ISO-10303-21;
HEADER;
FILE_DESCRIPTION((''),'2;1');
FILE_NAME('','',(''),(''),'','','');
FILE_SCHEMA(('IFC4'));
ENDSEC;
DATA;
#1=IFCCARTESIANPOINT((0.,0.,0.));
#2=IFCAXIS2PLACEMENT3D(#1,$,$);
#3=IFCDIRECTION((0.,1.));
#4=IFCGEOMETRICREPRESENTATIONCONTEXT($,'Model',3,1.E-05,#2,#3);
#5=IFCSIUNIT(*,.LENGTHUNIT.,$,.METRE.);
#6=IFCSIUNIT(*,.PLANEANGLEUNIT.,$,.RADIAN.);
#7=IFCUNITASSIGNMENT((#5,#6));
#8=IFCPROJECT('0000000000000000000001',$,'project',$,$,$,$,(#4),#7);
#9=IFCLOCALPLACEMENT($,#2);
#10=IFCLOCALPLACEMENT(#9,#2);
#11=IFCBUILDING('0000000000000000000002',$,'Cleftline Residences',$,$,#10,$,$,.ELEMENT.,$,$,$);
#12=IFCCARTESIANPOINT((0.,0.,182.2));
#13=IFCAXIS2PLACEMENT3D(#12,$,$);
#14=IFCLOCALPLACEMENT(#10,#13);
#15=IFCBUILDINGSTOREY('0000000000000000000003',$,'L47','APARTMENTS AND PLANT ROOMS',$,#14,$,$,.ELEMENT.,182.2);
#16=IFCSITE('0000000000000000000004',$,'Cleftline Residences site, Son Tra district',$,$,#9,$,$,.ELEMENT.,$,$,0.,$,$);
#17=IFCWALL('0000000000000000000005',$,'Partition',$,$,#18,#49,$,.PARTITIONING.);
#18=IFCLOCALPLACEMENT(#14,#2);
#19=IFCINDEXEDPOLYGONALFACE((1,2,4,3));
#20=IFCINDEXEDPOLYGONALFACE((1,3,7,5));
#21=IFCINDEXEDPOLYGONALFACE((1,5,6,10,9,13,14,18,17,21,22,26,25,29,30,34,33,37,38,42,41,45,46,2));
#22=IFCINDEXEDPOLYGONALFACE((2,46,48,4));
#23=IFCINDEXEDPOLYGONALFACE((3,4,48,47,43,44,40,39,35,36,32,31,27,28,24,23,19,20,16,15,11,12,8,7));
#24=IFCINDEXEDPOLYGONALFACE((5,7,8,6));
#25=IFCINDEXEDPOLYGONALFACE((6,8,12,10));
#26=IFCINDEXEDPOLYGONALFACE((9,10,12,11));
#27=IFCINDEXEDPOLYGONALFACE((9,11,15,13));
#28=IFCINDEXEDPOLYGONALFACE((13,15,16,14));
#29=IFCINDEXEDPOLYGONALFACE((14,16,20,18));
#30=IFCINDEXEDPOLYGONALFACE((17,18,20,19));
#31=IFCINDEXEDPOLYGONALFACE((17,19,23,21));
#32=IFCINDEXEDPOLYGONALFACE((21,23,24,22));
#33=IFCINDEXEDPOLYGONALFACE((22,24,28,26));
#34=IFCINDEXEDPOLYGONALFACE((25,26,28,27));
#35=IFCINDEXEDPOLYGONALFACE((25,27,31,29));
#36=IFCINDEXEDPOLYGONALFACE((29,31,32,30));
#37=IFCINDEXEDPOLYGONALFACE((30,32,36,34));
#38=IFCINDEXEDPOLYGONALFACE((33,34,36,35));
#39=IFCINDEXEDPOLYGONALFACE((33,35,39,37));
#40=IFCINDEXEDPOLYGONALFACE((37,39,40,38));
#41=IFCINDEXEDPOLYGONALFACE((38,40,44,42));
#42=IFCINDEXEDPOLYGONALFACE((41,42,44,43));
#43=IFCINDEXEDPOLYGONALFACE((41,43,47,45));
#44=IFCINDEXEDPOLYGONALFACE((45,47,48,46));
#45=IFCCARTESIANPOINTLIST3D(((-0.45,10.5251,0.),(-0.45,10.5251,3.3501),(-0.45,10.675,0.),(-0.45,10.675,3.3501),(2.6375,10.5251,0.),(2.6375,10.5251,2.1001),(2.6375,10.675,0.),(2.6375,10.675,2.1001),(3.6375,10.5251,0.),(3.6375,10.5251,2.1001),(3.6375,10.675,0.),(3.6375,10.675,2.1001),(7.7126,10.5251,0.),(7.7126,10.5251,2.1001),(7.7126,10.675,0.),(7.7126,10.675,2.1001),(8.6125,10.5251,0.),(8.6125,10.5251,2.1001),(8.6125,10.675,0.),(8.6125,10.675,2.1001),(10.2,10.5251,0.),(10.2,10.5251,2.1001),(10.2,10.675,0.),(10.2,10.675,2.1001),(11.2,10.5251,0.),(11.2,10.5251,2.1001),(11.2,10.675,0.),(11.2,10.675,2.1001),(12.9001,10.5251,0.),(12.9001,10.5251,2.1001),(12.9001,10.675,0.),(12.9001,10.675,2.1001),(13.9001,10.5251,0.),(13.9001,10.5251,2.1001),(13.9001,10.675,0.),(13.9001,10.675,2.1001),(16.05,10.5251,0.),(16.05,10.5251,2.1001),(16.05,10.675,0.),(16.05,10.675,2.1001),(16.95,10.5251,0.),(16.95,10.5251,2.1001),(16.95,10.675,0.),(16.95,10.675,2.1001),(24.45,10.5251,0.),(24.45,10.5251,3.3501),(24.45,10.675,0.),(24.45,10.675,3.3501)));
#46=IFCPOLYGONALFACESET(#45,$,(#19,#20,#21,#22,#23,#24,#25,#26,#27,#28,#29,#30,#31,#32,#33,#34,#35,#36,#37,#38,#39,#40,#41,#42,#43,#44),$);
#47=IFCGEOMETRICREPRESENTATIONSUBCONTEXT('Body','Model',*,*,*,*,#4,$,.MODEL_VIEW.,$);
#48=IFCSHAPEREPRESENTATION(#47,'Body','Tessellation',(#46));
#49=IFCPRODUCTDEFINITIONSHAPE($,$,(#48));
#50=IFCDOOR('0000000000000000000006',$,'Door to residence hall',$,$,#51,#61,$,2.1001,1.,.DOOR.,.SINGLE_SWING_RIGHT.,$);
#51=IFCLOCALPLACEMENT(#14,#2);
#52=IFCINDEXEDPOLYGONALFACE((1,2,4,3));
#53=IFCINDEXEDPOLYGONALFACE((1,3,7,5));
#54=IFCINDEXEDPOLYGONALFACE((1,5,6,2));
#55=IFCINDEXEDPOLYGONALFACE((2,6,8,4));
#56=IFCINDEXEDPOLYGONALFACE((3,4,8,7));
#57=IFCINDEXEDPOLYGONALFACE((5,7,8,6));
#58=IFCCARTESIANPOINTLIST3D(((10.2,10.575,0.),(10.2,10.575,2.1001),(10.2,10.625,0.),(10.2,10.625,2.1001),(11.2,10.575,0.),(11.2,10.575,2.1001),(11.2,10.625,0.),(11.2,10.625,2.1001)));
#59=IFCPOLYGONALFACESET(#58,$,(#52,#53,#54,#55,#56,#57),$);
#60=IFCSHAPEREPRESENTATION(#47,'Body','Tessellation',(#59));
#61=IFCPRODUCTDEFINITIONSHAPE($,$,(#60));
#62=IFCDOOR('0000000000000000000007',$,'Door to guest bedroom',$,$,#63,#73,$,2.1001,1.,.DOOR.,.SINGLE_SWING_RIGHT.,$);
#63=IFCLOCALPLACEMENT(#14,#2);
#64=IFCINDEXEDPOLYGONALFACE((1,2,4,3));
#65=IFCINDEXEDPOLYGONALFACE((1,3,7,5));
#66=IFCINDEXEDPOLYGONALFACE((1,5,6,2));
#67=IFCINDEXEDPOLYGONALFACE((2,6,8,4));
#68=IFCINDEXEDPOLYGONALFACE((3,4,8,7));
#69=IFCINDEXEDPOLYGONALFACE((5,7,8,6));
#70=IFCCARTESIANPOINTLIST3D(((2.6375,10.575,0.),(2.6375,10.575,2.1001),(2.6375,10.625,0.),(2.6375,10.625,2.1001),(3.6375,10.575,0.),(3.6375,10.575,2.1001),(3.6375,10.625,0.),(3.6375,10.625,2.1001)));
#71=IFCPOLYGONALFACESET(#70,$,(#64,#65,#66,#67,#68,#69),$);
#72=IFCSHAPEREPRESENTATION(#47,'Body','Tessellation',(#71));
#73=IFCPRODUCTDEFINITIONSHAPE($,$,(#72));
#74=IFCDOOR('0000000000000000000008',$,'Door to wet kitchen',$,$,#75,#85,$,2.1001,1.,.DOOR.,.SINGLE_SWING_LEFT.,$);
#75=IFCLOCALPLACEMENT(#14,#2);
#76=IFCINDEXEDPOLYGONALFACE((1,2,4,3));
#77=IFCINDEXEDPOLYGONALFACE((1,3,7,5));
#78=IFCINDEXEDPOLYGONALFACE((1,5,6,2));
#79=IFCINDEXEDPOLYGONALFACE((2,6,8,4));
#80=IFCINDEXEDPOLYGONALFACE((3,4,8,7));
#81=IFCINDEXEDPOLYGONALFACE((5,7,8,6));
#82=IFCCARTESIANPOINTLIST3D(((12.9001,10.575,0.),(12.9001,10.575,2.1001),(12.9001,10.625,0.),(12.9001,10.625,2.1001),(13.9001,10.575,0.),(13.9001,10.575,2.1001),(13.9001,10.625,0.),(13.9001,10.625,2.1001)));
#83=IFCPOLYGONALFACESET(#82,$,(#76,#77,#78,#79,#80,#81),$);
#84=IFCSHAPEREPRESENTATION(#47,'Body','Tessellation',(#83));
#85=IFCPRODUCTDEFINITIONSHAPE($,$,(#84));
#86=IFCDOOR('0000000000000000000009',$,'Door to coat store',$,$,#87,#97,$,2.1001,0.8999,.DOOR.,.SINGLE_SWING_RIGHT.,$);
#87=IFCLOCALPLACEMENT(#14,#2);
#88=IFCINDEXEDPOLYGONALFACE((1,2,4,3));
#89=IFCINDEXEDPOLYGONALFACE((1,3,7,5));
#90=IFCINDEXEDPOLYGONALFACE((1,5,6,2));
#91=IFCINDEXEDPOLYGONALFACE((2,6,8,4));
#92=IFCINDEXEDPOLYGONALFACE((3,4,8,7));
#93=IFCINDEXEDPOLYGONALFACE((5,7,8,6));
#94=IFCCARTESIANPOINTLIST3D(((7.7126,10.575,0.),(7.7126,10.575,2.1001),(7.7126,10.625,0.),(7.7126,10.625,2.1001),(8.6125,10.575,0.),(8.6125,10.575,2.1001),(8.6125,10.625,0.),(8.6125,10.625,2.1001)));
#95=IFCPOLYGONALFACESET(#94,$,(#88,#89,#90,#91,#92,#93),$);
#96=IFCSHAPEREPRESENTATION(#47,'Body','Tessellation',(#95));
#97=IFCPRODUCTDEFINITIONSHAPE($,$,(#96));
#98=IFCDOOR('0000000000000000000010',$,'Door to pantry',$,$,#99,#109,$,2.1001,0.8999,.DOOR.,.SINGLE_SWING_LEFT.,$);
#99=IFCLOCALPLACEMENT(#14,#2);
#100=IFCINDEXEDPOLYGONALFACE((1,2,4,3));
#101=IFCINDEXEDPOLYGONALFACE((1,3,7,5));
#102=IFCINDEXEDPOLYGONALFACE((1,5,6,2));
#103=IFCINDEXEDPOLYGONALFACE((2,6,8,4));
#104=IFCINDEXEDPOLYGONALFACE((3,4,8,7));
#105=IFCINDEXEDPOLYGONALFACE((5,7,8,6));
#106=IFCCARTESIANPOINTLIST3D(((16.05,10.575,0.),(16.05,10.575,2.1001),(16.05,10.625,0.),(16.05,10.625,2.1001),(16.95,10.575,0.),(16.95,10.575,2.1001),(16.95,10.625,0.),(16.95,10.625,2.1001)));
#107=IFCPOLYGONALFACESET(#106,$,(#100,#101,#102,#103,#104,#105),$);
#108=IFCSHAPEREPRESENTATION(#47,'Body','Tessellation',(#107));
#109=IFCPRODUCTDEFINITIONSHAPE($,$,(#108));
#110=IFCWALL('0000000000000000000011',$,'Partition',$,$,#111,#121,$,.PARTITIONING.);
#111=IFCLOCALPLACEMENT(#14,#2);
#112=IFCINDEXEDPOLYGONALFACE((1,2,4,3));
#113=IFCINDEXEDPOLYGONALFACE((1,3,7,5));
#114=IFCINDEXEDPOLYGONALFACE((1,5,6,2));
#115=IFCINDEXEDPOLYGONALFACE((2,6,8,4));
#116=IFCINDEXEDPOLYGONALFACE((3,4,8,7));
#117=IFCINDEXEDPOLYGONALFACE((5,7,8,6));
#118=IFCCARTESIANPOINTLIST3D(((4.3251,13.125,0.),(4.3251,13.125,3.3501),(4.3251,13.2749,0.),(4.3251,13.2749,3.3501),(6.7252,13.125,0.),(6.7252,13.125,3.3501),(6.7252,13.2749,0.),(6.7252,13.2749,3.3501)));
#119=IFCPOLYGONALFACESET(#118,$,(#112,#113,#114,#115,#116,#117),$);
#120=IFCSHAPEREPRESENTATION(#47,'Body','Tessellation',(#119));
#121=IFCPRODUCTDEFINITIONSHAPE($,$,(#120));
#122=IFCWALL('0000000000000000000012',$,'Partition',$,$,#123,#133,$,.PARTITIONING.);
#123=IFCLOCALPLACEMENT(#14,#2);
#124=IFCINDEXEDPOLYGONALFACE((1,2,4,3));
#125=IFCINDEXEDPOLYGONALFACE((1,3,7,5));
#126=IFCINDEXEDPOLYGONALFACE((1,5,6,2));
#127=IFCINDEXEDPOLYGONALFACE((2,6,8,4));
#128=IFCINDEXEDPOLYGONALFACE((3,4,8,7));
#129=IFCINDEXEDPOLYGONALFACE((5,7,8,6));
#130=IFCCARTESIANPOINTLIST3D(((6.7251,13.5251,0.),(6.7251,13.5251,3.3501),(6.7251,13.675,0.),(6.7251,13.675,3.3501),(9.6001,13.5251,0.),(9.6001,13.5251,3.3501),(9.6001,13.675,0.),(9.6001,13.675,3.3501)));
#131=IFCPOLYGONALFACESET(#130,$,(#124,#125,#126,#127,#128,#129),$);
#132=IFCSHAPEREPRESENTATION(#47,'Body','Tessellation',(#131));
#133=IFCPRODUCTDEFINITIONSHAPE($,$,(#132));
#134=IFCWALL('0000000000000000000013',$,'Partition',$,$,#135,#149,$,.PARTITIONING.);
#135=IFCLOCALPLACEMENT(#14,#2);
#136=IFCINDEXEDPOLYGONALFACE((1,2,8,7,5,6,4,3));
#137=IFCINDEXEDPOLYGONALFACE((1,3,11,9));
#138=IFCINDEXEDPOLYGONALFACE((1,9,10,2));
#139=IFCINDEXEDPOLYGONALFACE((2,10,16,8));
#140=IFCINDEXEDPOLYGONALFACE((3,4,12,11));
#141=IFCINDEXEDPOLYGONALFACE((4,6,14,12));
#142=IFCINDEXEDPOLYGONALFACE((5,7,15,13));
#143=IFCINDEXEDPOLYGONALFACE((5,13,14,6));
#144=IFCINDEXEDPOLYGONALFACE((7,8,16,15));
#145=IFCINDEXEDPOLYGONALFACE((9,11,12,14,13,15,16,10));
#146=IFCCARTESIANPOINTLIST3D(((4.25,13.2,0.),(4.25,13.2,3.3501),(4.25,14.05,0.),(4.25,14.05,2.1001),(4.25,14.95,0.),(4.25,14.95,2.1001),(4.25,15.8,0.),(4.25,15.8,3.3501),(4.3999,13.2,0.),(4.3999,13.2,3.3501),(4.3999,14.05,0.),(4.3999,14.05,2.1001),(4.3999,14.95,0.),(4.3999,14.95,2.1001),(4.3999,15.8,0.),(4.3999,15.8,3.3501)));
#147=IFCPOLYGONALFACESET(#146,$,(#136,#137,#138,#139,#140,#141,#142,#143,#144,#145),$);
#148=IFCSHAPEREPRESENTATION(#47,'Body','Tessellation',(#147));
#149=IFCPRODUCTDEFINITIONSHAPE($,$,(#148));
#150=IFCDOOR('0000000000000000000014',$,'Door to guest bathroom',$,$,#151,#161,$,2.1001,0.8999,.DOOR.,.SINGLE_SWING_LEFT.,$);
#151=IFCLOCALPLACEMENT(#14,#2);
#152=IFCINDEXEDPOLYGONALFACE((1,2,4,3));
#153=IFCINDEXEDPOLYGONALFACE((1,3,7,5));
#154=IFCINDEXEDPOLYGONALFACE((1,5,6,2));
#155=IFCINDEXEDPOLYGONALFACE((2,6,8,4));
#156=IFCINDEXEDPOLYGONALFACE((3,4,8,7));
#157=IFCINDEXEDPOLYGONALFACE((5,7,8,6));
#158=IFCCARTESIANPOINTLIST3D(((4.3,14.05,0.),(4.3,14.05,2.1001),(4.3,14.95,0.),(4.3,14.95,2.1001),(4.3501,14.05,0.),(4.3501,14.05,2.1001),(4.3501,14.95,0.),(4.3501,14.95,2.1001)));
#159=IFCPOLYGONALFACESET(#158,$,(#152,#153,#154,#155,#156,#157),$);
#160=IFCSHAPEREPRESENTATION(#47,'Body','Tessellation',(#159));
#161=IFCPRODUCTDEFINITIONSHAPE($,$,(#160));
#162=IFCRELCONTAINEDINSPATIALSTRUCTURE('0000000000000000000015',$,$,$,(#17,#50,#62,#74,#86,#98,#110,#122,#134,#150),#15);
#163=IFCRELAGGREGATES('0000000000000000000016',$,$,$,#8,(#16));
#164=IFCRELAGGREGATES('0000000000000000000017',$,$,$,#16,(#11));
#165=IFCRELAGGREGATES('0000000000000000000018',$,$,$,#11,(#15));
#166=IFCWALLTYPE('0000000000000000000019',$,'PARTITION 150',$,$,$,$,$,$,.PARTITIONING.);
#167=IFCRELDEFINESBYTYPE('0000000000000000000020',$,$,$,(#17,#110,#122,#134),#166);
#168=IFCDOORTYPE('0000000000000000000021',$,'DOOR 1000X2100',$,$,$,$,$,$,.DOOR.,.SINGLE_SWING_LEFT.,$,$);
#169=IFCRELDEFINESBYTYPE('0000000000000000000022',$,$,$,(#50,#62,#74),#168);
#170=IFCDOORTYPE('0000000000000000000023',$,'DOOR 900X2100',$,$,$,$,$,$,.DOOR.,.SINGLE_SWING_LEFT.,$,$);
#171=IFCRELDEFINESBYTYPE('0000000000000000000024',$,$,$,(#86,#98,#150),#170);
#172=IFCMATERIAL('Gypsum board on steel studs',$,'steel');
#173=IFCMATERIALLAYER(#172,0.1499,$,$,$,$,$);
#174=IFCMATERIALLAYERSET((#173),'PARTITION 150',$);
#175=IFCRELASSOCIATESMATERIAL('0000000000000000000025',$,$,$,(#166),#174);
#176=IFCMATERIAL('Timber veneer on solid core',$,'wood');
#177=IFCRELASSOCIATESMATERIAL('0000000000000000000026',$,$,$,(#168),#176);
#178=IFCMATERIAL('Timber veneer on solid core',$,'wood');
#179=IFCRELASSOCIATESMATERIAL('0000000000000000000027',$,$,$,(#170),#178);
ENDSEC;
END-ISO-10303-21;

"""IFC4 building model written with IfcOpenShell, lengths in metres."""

from ifc_helpers import new_model, si_unit, direction, frame, frame_2d, origin, place, context, subcontext, project, spatial, rectangle, extrude, material, layer, layer_set, type_object, element, fill, save


model = new_model("IFC4")

# Units and contexts
model_context = context("Model", 3, precision=1e-05, world=origin(), true_north=direction((0.0, 1.0)))
body_context = subcontext(model_context, "Body", "Model", "MODEL_VIEW")
ifc_project = project(units=[si_unit("LENGTHUNIT", "METRE"), si_unit("PLANEANGLEUNIT", "RADIAN")], contexts=[model_context])

# Site, building, storey
site_placement = place(None, origin())
site = spatial("IfcSite", under=ifc_project, at=site_placement, Name="Cleftline Residences site, Son Tra district", CompositionType="ELEMENT", RefElevation=0.0)
building_placement = place(site_placement, origin())
building = spatial("IfcBuilding", under=site, at=building_placement, Name="Cleftline Residences", CompositionType="ELEMENT")
storey_placement = place(building_placement, frame((0.0, 0.0, 182.2)))
storey = spatial("IfcBuildingStorey", under=building, at=storey_placement, Name="L47", Description="APARTMENTS AND PLANT ROOMS", CompositionType="ELEMENT", Elevation=182.2)

# Shared definitions
ifc_material_1 = material(Name="Gypsum board on steel studs", Category="steel")
ifc_layer = layer(ifc_material_1, 0.1499)
ifc_layer_set = layer_set([ifc_layer], Name="PARTITION 150")
wall_type = type_object("IfcWallType", Name="PARTITION 150", PredefinedType="PARTITIONING", material=ifc_layer_set)
ifc_material_2 = material(Name="Timber veneer on solid core", Category="wood")
door_type_1 = type_object("IfcDoorType", Name="DOOR 1000X2100", OperationType="SINGLE_SWING_LEFT", PredefinedType="DOOR", material=ifc_material_2)

# Wall, openings, doors
wall_1_placement = place(storey_placement, frame((-0.45, 10.6001, 0.0), z_axis=(0.0, 0.0, 1.0), x_axis=(1.0, 0.0, 0.0)))
wall_1 = element("IfcWall", 1, at=wall_1_placement, inside=storey, type_object=wall_type, Name="Partition", PredefinedType="PARTITIONING", context=body_context, shape_type="SweptSolid", body=[
    extrude(rectangle(XDim=24.8999, YDim=0.1499, at=frame_2d((12.45, 0.0))), origin(), (0.0, 0.0, 1.0), 3.3501),
])
opening_1_placement = place(wall_1_placement, frame((10.6499, 0.0, 0.0)))
opening_1 = element("IfcOpeningElement", 2, at=opening_1_placement, cuts=wall_1, PredefinedType="OPENING", context=body_context, shape_type="SweptSolid", body=[
    extrude(rectangle(XDim=1.0, YDim=2.1001, at=frame_2d((0.5, 1.05))), frame((0.0, 0.085, 0.0), z_axis=(0.0, -1.0, 0.0), x_axis=(1.0, 0.0, 0.0)), (0.0, 0.0, 1.0), 0.1699),
])
opening_2_placement = place(wall_1_placement, frame((3.0874, 0.0, 0.0)))
opening_2 = element("IfcOpeningElement", 3, at=opening_2_placement, cuts=wall_1, PredefinedType="OPENING", context=body_context, shape_type="SweptSolid", body=[
    extrude(rectangle(XDim=1.0, YDim=2.1001, at=frame_2d((0.5, 1.05))), frame((0.0, 0.085, 0.0), z_axis=(0.0, -1.0, 0.0), x_axis=(1.0, 0.0, 0.0)), (0.0, 0.0, 1.0), 0.1699),
])
opening_3_placement = place(wall_1_placement, frame((8.1626, 0.0, 0.0)))
opening_3 = element("IfcOpeningElement", 4, at=opening_3_placement, cuts=wall_1, PredefinedType="OPENING", context=body_context, shape_type="SweptSolid", body=[
    extrude(rectangle(XDim=0.8999, YDim=2.1001, at=frame_2d((0.45, 1.05))), frame((0.0, 0.085, 0.0), z_axis=(0.0, -1.0, 0.0), x_axis=(1.0, 0.0, 0.0)), (0.0, 0.0, 1.0), 0.1699),
])
opening_4_placement = place(wall_1_placement, frame((13.3501, 0.0, 0.0)))
opening_4 = element("IfcOpeningElement", 5, at=opening_4_placement, cuts=wall_1, PredefinedType="OPENING", context=body_context, shape_type="SweptSolid", body=[
    extrude(rectangle(XDim=1.0, YDim=2.1001, at=frame_2d((0.5, 1.05))), frame((0.0, 0.085, 0.0), z_axis=(0.0, -1.0, 0.0), x_axis=(1.0, 0.0, 0.0)), (0.0, 0.0, 1.0), 0.1699),
])
opening_5_placement = place(wall_1_placement, frame((16.5, 0.0, 0.0)))
opening_5 = element("IfcOpeningElement", 6, at=opening_5_placement, cuts=wall_1, PredefinedType="OPENING", context=body_context, shape_type="SweptSolid", body=[
    extrude(rectangle(XDim=0.8999, YDim=2.1001, at=frame_2d((0.45, 1.05))), frame((0.0, 0.085, 0.0), z_axis=(0.0, -1.0, 0.0), x_axis=(1.0, 0.0, 0.0)), (0.0, 0.0, 1.0), 0.1699),
])
door_1_placement = place(opening_1_placement, origin())
door_1 = element("IfcDoor", 7, at=door_1_placement, inside=storey, type_object=door_type_1, Name="Door to residence hall", OperationType="SINGLE_SWING_RIGHT", OverallHeight=2.1001, OverallWidth=1.0, PredefinedType="DOOR", context=body_context, shape_type="SweptSolid", body=[
    extrude(rectangle(XDim=1.0, YDim=2.1001, at=frame_2d((0.5, 1.05))), frame((0.0, 0.0249, 0.0), z_axis=(0.0, -1.0, 0.0), x_axis=(1.0, 0.0, 0.0)), (0.0, 0.0, 1.0), 0.05),
])
fill(opening_1, door_1)
door_2_placement = place(opening_2_placement, origin())
door_2 = element("IfcDoor", 8, at=door_2_placement, inside=storey, type_object=door_type_1, Name="Door to guest bedroom", OperationType="SINGLE_SWING_RIGHT", OverallHeight=2.1001, OverallWidth=1.0, PredefinedType="DOOR", context=body_context, shape_type="SweptSolid", body=[
    extrude(rectangle(XDim=1.0, YDim=2.1001, at=frame_2d((0.5, 1.05))), frame((0.0, 0.0249, 0.0), z_axis=(0.0, -1.0, 0.0), x_axis=(1.0, 0.0, 0.0)), (0.0, 0.0, 1.0), 0.05),
])
fill(opening_2, door_2)
door_3_placement = place(opening_4_placement, origin())
door_3 = element("IfcDoor", 9, at=door_3_placement, inside=storey, type_object=door_type_1, Name="Door to wet kitchen", OperationType="SINGLE_SWING_LEFT", OverallHeight=2.1001, OverallWidth=1.0, PredefinedType="DOOR", context=body_context, shape_type="SweptSolid", body=[
    extrude(rectangle(XDim=1.0, YDim=2.1001, at=frame_2d((0.5, 1.05))), frame((0.0, 0.0249, 0.0), z_axis=(0.0, -1.0, 0.0), x_axis=(1.0, 0.0, 0.0)), (0.0, 0.0, 1.0), 0.05),
])
fill(opening_4, door_3)
ifc_material_3 = material(Name="Timber veneer on solid core", Category="wood")
door_type_2 = type_object("IfcDoorType", Name="DOOR 900X2100", OperationType="SINGLE_SWING_LEFT", PredefinedType="DOOR", material=ifc_material_3)
door_4_placement = place(opening_3_placement, origin())
door_4 = element("IfcDoor", 10, at=door_4_placement, inside=storey, type_object=door_type_2, Name="Door to coat store", OperationType="SINGLE_SWING_RIGHT", OverallHeight=2.1001, OverallWidth=0.8999, PredefinedType="DOOR", context=body_context, shape_type="SweptSolid", body=[
    extrude(rectangle(XDim=0.8999, YDim=2.1001, at=frame_2d((0.45, 1.05))), frame((0.0, 0.0249, 0.0), z_axis=(0.0, -1.0, 0.0), x_axis=(1.0, 0.0, 0.0)), (0.0, 0.0, 1.0), 0.05),
])
fill(opening_3, door_4)
door_5_placement = place(opening_5_placement, origin())
door_5 = element("IfcDoor", 11, at=door_5_placement, inside=storey, type_object=door_type_2, Name="Door to pantry", OperationType="SINGLE_SWING_LEFT", OverallHeight=2.1001, OverallWidth=0.8999, PredefinedType="DOOR", context=body_context, shape_type="SweptSolid", body=[
    extrude(rectangle(XDim=0.8999, YDim=2.1001, at=frame_2d((0.45, 1.05))), frame((0.0, 0.0249, 0.0), z_axis=(0.0, -1.0, 0.0), x_axis=(1.0, 0.0, 0.0)), (0.0, 0.0, 1.0), 0.05),
])
fill(opening_5, door_5)

# Walls
wall_2_placement = place(storey_placement, frame((4.325, 13.2, 0.0), z_axis=(0.0, 0.0, 1.0), x_axis=(1.0, 0.0, 0.0)))
element("IfcWall", 12, at=wall_2_placement, inside=storey, type_object=wall_type, Name="Partition", PredefinedType="PARTITIONING", context=body_context, shape_type="SweptSolid", body=[
    extrude(rectangle(XDim=2.4001, YDim=0.1499, at=frame_2d((1.2002, 0.0))), origin(), (0.0, 0.0, 1.0), 3.3501),
])
wall_3_placement = place(storey_placement, frame((6.7251, 13.6001, 0.0), z_axis=(0.0, 0.0, 1.0), x_axis=(1.0, 0.0, 0.0)))
element("IfcWall", 13, at=wall_3_placement, inside=storey, type_object=wall_type, Name="Partition", PredefinedType="PARTITIONING", context=body_context, shape_type="SweptSolid", body=[
    extrude(rectangle(XDim=2.875, YDim=0.1499, at=frame_2d((1.4375, 0.0))), origin(), (0.0, 0.0, 1.0), 3.3501),
])

# Wall, opening, door
wall_4_placement = place(storey_placement, frame((4.325, 13.2, 0.0), z_axis=(0.0, 0.0, 1.0), x_axis=(0.0, 1.0, 0.0)))
wall_4 = element("IfcWall", 14, at=wall_4_placement, inside=storey, type_object=wall_type, Name="Partition", PredefinedType="PARTITIONING", context=body_context, shape_type="SweptSolid", body=[
    extrude(rectangle(XDim=2.6001, YDim=0.1499, at=frame_2d((1.3, 0.0))), origin(), (0.0, 0.0, 1.0), 3.3501),
])
opening_6_placement = place(wall_4_placement, frame((0.8501, 0.0, 0.0)))
opening_6 = element("IfcOpeningElement", 15, at=opening_6_placement, cuts=wall_4, PredefinedType="OPENING", context=body_context, shape_type="SweptSolid", body=[
    extrude(rectangle(XDim=0.8999, YDim=2.1001, at=frame_2d((0.45, 1.05))), frame((0.0, 0.085, 0.0), z_axis=(0.0, -1.0, 0.0), x_axis=(1.0, 0.0, 0.0)), (0.0, 0.0, 1.0), 0.1699),
])
door_6_placement = place(opening_6_placement, origin())
door_6 = element("IfcDoor", 16, at=door_6_placement, inside=storey, type_object=door_type_2, Name="Door to guest bathroom", OperationType="SINGLE_SWING_LEFT", OverallHeight=2.1001, OverallWidth=0.8999, PredefinedType="DOOR", context=body_context, shape_type="SweptSolid", body=[
    extrude(rectangle(XDim=0.8999, YDim=2.1001, at=frame_2d((0.45, 1.05))), frame((0.0, 0.0249, 0.0), z_axis=(0.0, -1.0, 0.0), x_axis=(1.0, 0.0, 0.0)), (0.0, 0.0, 1.0), 0.05),
])
fill(opening_6, door_6)

save(model, "model.ifc")
